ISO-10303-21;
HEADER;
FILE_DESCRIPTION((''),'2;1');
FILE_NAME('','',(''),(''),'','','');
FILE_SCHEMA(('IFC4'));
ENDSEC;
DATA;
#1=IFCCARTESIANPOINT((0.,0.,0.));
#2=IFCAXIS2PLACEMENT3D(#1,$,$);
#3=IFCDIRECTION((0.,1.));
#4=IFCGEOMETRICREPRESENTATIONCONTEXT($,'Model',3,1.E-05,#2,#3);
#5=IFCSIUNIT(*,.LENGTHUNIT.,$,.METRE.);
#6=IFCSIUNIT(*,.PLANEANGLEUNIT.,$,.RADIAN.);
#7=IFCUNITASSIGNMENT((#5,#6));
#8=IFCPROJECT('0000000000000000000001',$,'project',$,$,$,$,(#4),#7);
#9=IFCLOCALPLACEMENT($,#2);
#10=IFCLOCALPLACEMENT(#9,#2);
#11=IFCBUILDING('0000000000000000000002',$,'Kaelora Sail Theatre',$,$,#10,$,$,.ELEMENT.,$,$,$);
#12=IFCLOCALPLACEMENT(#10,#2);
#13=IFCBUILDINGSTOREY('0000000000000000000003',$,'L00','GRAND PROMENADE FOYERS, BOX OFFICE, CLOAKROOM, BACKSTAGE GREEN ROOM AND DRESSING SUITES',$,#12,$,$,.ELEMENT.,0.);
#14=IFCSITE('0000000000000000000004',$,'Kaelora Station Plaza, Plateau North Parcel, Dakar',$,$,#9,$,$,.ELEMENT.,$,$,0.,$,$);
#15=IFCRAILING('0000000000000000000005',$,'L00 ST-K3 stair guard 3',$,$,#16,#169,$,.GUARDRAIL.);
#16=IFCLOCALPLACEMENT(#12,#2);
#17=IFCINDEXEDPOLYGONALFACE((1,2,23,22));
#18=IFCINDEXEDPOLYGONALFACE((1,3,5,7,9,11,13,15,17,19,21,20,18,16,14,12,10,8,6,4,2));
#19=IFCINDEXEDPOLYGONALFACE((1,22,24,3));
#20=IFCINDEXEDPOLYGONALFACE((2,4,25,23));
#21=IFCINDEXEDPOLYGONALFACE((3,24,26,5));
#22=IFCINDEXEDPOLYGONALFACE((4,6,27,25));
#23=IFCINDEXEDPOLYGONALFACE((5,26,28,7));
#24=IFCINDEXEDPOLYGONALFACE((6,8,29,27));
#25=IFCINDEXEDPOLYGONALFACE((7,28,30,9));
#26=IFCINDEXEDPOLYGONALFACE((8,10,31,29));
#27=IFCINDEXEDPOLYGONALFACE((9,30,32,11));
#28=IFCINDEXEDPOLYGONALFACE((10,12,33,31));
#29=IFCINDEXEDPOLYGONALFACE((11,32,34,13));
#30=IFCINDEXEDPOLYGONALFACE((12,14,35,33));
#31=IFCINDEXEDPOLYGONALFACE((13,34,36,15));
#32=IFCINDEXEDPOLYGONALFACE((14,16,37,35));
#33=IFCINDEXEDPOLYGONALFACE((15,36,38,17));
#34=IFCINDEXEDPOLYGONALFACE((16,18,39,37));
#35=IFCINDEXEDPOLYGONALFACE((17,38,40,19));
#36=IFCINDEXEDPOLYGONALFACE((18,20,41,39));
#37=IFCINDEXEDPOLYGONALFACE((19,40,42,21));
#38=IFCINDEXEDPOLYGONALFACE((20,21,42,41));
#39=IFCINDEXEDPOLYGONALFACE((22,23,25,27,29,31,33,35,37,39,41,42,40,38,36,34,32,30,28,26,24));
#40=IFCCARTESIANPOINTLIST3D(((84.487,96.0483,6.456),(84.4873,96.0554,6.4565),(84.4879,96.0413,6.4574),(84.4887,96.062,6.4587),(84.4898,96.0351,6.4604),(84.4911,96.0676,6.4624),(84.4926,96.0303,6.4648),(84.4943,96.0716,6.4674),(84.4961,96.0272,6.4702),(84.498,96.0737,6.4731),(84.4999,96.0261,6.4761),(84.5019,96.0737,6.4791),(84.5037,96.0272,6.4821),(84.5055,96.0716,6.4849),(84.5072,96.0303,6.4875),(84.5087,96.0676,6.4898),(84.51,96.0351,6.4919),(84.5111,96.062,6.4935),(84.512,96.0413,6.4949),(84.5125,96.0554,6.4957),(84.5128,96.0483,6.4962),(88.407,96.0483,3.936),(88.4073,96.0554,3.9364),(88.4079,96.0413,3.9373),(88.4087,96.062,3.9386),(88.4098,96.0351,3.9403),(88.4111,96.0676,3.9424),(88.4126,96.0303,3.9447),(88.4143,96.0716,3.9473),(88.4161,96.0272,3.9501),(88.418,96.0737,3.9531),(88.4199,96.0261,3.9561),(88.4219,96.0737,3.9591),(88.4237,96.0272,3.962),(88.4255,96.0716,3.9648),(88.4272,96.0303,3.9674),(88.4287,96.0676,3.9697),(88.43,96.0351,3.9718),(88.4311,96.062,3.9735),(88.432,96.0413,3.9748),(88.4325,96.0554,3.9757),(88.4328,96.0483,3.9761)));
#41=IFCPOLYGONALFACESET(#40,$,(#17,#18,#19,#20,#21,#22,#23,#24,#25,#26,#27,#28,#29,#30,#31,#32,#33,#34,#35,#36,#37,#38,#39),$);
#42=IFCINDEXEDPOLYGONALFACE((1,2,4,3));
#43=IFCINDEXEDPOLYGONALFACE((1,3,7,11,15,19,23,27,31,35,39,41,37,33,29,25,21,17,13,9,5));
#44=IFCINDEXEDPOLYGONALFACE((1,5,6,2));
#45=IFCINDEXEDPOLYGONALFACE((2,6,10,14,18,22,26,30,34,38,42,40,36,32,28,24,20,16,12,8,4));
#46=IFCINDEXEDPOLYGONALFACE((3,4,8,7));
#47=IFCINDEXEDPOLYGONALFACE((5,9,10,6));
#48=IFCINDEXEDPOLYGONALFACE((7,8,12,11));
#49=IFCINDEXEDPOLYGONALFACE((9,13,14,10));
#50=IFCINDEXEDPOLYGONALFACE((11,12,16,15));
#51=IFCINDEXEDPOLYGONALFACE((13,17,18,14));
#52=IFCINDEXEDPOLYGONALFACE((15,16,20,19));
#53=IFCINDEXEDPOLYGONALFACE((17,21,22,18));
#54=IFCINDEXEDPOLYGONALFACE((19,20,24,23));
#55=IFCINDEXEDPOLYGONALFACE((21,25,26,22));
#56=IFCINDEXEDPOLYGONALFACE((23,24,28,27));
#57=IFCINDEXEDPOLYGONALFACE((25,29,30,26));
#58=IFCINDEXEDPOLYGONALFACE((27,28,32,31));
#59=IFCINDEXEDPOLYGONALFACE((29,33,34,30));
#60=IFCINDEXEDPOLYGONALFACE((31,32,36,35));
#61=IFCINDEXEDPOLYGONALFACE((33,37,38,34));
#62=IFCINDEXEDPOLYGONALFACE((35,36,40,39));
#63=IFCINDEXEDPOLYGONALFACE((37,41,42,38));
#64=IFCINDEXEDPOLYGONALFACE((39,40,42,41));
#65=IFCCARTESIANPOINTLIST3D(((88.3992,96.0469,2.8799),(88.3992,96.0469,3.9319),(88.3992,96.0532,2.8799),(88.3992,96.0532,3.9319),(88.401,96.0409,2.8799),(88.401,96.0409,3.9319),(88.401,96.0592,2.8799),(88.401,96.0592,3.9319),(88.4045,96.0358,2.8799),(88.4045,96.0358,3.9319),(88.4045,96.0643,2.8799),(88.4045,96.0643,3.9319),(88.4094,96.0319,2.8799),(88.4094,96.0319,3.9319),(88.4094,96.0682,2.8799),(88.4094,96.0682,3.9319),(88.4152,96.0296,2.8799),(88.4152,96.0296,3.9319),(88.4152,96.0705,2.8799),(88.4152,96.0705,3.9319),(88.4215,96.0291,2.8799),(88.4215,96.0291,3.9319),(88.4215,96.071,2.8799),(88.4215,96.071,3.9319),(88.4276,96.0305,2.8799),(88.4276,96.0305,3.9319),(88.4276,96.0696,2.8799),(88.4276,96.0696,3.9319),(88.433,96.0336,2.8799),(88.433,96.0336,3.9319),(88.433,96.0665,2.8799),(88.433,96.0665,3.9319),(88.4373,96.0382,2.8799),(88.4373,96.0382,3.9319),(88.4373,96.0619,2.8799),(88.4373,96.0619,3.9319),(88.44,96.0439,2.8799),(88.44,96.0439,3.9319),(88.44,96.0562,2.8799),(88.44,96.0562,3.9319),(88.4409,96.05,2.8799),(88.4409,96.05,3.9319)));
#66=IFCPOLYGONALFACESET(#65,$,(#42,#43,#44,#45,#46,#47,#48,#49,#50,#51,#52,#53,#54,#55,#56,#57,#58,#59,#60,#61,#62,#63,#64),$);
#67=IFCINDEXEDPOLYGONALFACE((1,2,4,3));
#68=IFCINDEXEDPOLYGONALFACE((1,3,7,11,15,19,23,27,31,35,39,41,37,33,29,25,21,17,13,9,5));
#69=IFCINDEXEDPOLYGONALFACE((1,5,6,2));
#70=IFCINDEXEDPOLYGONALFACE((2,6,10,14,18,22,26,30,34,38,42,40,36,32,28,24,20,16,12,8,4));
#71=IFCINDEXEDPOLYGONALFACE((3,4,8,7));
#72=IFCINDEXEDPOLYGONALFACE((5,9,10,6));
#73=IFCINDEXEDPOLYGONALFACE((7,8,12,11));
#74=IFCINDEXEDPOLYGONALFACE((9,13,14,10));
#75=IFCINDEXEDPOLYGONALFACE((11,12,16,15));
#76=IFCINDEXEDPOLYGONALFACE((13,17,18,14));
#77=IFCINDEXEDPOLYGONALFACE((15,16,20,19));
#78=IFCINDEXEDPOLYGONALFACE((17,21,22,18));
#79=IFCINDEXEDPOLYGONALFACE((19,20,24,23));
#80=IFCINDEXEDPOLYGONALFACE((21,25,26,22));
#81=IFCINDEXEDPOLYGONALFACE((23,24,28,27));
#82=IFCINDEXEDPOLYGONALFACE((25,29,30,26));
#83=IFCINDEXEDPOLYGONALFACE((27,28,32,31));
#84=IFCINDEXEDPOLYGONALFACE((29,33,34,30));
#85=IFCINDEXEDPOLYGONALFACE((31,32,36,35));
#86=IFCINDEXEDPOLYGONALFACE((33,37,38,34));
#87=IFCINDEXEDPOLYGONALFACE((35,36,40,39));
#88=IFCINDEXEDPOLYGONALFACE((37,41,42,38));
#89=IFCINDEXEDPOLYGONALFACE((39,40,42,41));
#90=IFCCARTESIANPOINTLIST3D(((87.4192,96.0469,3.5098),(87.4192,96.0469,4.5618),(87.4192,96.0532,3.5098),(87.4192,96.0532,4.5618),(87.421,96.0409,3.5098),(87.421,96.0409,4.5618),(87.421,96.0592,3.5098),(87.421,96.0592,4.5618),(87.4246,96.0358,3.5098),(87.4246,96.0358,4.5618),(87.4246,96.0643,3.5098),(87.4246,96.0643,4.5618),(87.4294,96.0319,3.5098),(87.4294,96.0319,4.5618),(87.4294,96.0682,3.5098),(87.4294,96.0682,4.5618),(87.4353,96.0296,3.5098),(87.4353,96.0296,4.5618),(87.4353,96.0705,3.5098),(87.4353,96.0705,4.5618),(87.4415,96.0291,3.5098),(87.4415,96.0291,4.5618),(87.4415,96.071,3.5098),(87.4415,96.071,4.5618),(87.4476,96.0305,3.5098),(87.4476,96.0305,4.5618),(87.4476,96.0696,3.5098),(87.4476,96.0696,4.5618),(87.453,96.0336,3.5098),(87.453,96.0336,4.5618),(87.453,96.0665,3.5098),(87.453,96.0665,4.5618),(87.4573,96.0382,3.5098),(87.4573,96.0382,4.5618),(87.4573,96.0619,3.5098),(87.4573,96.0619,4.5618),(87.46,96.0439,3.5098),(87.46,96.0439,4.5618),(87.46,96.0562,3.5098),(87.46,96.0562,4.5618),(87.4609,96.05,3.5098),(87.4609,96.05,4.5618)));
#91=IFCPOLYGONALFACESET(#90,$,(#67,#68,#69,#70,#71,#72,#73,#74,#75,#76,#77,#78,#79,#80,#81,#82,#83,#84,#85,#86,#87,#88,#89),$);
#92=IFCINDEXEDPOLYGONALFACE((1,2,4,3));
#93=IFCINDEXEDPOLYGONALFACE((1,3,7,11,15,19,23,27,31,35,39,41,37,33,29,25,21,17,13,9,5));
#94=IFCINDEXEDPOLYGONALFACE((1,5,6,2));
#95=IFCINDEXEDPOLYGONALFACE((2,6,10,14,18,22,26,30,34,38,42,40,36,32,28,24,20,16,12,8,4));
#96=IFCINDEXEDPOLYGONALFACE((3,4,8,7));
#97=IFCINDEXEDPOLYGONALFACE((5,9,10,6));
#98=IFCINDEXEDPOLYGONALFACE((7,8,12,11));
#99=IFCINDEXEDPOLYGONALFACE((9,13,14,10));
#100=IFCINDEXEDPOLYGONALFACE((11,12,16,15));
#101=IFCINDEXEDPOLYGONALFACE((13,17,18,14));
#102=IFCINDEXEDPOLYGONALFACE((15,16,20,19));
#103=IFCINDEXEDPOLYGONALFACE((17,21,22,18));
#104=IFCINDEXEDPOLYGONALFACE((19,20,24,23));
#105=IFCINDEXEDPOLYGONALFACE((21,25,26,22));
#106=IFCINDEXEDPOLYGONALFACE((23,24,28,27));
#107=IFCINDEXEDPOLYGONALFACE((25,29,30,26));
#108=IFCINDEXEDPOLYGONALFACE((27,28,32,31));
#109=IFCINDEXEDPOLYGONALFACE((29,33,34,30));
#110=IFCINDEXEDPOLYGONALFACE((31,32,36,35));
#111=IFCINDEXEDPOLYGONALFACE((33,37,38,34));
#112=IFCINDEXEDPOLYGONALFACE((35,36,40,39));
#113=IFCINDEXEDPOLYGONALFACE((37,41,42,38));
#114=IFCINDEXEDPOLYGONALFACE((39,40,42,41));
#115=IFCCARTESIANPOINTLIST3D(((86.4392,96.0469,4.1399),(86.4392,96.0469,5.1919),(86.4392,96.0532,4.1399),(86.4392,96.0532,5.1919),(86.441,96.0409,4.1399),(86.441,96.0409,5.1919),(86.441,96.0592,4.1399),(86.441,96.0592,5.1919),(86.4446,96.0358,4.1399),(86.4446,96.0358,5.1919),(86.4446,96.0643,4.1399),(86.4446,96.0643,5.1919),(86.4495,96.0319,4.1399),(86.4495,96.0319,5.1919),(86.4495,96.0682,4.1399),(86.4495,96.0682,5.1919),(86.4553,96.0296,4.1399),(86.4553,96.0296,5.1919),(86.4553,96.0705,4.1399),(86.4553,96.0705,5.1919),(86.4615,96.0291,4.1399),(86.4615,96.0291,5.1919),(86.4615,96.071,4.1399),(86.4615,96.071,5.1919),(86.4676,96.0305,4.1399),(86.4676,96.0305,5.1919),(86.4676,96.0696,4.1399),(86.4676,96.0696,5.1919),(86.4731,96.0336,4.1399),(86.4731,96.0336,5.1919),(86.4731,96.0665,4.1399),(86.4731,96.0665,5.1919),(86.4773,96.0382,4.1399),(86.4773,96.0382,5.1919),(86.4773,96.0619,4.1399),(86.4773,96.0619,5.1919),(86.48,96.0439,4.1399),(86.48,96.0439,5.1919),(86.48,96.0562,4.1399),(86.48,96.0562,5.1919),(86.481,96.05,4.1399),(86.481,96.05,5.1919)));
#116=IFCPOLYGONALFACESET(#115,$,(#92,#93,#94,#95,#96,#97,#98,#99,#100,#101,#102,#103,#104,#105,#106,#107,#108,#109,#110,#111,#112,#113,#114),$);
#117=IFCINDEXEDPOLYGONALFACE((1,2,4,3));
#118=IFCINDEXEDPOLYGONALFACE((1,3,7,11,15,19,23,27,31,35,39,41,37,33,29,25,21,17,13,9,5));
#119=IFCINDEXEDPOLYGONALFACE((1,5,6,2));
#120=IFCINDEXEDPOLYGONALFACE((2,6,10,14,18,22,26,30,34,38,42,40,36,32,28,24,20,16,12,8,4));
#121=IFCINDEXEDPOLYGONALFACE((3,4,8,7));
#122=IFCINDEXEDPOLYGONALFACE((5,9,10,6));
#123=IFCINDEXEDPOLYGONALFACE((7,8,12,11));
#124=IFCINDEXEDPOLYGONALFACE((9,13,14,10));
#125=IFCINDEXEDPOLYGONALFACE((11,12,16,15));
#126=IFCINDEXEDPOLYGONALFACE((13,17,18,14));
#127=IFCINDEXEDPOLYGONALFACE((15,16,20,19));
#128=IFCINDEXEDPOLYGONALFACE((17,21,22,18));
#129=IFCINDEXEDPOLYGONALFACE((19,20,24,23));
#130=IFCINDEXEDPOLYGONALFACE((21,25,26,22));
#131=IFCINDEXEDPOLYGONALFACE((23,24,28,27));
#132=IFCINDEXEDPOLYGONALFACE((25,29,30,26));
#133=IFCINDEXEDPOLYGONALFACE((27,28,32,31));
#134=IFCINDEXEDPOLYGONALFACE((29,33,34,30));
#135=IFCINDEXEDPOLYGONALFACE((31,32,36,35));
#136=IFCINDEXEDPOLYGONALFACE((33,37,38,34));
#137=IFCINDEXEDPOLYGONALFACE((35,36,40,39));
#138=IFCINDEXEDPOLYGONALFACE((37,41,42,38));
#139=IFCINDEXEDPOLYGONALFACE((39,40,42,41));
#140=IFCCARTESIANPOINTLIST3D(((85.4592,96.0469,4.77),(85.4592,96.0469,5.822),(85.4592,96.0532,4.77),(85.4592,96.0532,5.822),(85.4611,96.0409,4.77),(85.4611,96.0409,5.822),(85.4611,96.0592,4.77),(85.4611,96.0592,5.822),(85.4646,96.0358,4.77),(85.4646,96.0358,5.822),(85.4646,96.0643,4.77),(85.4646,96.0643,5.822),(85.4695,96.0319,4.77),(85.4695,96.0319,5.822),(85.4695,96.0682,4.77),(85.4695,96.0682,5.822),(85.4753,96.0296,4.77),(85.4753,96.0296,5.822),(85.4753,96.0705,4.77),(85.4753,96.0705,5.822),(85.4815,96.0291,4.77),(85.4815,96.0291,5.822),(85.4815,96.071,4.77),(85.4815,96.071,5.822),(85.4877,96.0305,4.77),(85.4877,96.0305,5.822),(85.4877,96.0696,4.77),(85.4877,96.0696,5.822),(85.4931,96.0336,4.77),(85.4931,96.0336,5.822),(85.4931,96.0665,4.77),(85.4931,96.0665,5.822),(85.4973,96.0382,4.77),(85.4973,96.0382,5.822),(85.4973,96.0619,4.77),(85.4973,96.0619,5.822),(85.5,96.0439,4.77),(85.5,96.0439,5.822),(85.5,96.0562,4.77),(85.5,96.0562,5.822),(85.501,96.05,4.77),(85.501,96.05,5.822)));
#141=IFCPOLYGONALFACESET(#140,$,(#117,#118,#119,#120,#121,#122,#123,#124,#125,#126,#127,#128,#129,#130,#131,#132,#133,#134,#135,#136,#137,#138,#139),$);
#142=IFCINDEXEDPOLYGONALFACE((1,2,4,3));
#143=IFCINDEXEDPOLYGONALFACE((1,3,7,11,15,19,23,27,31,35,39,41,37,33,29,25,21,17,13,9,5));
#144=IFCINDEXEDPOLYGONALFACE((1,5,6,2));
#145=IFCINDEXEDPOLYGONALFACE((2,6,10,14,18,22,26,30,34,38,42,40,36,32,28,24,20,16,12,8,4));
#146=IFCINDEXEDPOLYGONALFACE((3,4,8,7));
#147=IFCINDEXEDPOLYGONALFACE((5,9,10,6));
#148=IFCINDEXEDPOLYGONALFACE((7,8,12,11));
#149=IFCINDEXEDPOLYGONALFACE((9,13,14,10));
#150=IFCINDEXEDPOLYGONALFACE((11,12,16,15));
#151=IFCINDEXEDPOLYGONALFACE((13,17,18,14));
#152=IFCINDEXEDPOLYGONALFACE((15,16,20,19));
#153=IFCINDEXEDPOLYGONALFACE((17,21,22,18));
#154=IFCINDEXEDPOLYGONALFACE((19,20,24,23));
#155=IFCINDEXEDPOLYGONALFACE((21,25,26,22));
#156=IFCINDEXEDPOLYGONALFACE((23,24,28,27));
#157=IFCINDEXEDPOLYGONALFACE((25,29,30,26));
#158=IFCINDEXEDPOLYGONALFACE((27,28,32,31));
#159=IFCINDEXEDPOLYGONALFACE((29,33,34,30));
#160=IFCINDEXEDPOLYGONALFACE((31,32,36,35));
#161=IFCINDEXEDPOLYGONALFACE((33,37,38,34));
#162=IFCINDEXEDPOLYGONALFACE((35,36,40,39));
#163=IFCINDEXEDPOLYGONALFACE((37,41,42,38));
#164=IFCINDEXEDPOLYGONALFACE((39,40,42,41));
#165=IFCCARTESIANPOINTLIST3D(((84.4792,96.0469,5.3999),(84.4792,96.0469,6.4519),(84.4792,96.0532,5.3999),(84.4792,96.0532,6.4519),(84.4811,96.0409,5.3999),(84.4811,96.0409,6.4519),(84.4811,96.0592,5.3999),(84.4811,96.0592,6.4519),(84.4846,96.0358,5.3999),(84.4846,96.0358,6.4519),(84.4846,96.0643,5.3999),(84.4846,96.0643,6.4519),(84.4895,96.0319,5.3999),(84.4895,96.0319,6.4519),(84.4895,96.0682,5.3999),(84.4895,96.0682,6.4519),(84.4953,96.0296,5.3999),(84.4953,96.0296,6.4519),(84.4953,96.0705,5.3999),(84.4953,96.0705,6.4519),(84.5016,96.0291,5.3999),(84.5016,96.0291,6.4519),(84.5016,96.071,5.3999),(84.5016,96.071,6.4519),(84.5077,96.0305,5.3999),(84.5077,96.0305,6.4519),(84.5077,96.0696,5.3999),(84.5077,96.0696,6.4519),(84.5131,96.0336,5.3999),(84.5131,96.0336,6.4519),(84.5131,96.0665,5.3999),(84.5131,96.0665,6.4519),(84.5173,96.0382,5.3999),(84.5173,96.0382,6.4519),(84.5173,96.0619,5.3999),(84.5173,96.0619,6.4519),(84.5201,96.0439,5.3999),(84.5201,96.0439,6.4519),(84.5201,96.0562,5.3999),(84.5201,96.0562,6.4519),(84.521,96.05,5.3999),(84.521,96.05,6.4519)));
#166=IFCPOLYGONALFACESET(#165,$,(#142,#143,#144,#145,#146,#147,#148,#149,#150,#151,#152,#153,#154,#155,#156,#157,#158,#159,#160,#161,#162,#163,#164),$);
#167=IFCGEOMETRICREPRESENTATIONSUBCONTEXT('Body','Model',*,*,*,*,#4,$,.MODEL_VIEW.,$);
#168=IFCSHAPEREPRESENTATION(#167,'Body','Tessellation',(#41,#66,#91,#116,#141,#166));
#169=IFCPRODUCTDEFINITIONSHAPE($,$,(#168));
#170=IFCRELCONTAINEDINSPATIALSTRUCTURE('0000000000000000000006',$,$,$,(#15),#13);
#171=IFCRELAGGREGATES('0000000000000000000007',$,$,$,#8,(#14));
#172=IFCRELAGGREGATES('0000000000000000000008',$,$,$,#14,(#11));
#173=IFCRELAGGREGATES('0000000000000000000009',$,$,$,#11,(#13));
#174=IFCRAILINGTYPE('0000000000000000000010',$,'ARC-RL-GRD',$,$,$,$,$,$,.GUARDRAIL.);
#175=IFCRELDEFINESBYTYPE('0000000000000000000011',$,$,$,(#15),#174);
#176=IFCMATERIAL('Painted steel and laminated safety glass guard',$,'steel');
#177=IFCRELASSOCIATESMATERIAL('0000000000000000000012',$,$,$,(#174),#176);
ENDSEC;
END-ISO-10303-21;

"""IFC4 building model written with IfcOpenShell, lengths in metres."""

from ifc_helpers import new_model, si_unit, direction, frame, origin, origin_2d, place, context, subcontext, project, spatial, circle, extrude, material, type_object, element, save


model = new_model("IFC4")

# Units and contexts
model_context = context("Model", 3, precision=1e-05, world=origin(), true_north=direction((0.0, 1.0)))
body_context = subcontext(model_context, "Body", "Model", "MODEL_VIEW")
ifc_project = project(units=[si_unit("LENGTHUNIT", "METRE"), si_unit("PLANEANGLEUNIT", "RADIAN")], contexts=[model_context])

# Site, building, storey
site_placement = place(None, origin())
site = spatial("IfcSite", under=ifc_project, at=site_placement, Name="Kaelora Station Plaza, Plateau North Parcel, Dakar", CompositionType="ELEMENT", RefElevation=0.0)
building_placement = place(site_placement, origin())
building = spatial("IfcBuilding", under=site, at=building_placement, Name="Kaelora Sail Theatre", CompositionType="ELEMENT")
storey_placement = place(building_placement, origin())
storey = spatial("IfcBuildingStorey", under=building, at=storey_placement, Name="L00", Description="GRAND PROMENADE FOYERS, BOX OFFICE, CLOAKROOM, BACKSTAGE GREEN ROOM AND DRESSING SUITES", CompositionType="ELEMENT", Elevation=0.0)

# Railing
ifc_material_1 = material(Name="Painted steel and laminated safety glass guard", Category="steel")
railing_type_1 = type_object("IfcRailingType", Name="ARC-RL-GRD", PredefinedType="GUARDRAIL", material=ifc_material_1)
railing_1_placement = place(storey_placement, frame((88.4199, 96.05, 2.8799)))
element("IfcRailing", 1, at=railing_1_placement, inside=storey, type_object=railing_type_1, Name="L00 ST-K3 stair guard 3", PredefinedType="GUARDRAIL", context=body_context, shape_type="SweptSolid", body=[
    extrude(circle(Radius=0.0239, at=origin_2d()), frame((0.0, 0.0, 1.0762), z_axis=(-0.841172, 0.0, 0.540768), x_axis=(0.0, -1.0, 0.0)), (0.0, 0.0, 1.0), 4.6602),
    extrude(circle(Radius=0.021, at=origin_2d()), origin(), (0.0, 0.0, 1.0), 1.052),
    extrude(circle(Radius=0.021, at=origin_2d()), frame((-0.98, 0.0, 0.6299)), (0.0, 0.0, 1.0), 1.052),
    extrude(circle(Radius=0.021, at=origin_2d()), frame((-1.96, 0.0, 1.26)), (0.0, 0.0, 1.0), 1.052),
    extrude(circle(Radius=0.021, at=origin_2d()), frame((-2.9399, 0.0, 1.8901)), (0.0, 0.0, 1.0), 1.052),
    extrude(circle(Radius=0.021, at=origin_2d()), frame((-3.9199, 0.0, 2.52)), (0.0, 0.0, 1.0), 1.052),
])

save(model, "model.ifc")
